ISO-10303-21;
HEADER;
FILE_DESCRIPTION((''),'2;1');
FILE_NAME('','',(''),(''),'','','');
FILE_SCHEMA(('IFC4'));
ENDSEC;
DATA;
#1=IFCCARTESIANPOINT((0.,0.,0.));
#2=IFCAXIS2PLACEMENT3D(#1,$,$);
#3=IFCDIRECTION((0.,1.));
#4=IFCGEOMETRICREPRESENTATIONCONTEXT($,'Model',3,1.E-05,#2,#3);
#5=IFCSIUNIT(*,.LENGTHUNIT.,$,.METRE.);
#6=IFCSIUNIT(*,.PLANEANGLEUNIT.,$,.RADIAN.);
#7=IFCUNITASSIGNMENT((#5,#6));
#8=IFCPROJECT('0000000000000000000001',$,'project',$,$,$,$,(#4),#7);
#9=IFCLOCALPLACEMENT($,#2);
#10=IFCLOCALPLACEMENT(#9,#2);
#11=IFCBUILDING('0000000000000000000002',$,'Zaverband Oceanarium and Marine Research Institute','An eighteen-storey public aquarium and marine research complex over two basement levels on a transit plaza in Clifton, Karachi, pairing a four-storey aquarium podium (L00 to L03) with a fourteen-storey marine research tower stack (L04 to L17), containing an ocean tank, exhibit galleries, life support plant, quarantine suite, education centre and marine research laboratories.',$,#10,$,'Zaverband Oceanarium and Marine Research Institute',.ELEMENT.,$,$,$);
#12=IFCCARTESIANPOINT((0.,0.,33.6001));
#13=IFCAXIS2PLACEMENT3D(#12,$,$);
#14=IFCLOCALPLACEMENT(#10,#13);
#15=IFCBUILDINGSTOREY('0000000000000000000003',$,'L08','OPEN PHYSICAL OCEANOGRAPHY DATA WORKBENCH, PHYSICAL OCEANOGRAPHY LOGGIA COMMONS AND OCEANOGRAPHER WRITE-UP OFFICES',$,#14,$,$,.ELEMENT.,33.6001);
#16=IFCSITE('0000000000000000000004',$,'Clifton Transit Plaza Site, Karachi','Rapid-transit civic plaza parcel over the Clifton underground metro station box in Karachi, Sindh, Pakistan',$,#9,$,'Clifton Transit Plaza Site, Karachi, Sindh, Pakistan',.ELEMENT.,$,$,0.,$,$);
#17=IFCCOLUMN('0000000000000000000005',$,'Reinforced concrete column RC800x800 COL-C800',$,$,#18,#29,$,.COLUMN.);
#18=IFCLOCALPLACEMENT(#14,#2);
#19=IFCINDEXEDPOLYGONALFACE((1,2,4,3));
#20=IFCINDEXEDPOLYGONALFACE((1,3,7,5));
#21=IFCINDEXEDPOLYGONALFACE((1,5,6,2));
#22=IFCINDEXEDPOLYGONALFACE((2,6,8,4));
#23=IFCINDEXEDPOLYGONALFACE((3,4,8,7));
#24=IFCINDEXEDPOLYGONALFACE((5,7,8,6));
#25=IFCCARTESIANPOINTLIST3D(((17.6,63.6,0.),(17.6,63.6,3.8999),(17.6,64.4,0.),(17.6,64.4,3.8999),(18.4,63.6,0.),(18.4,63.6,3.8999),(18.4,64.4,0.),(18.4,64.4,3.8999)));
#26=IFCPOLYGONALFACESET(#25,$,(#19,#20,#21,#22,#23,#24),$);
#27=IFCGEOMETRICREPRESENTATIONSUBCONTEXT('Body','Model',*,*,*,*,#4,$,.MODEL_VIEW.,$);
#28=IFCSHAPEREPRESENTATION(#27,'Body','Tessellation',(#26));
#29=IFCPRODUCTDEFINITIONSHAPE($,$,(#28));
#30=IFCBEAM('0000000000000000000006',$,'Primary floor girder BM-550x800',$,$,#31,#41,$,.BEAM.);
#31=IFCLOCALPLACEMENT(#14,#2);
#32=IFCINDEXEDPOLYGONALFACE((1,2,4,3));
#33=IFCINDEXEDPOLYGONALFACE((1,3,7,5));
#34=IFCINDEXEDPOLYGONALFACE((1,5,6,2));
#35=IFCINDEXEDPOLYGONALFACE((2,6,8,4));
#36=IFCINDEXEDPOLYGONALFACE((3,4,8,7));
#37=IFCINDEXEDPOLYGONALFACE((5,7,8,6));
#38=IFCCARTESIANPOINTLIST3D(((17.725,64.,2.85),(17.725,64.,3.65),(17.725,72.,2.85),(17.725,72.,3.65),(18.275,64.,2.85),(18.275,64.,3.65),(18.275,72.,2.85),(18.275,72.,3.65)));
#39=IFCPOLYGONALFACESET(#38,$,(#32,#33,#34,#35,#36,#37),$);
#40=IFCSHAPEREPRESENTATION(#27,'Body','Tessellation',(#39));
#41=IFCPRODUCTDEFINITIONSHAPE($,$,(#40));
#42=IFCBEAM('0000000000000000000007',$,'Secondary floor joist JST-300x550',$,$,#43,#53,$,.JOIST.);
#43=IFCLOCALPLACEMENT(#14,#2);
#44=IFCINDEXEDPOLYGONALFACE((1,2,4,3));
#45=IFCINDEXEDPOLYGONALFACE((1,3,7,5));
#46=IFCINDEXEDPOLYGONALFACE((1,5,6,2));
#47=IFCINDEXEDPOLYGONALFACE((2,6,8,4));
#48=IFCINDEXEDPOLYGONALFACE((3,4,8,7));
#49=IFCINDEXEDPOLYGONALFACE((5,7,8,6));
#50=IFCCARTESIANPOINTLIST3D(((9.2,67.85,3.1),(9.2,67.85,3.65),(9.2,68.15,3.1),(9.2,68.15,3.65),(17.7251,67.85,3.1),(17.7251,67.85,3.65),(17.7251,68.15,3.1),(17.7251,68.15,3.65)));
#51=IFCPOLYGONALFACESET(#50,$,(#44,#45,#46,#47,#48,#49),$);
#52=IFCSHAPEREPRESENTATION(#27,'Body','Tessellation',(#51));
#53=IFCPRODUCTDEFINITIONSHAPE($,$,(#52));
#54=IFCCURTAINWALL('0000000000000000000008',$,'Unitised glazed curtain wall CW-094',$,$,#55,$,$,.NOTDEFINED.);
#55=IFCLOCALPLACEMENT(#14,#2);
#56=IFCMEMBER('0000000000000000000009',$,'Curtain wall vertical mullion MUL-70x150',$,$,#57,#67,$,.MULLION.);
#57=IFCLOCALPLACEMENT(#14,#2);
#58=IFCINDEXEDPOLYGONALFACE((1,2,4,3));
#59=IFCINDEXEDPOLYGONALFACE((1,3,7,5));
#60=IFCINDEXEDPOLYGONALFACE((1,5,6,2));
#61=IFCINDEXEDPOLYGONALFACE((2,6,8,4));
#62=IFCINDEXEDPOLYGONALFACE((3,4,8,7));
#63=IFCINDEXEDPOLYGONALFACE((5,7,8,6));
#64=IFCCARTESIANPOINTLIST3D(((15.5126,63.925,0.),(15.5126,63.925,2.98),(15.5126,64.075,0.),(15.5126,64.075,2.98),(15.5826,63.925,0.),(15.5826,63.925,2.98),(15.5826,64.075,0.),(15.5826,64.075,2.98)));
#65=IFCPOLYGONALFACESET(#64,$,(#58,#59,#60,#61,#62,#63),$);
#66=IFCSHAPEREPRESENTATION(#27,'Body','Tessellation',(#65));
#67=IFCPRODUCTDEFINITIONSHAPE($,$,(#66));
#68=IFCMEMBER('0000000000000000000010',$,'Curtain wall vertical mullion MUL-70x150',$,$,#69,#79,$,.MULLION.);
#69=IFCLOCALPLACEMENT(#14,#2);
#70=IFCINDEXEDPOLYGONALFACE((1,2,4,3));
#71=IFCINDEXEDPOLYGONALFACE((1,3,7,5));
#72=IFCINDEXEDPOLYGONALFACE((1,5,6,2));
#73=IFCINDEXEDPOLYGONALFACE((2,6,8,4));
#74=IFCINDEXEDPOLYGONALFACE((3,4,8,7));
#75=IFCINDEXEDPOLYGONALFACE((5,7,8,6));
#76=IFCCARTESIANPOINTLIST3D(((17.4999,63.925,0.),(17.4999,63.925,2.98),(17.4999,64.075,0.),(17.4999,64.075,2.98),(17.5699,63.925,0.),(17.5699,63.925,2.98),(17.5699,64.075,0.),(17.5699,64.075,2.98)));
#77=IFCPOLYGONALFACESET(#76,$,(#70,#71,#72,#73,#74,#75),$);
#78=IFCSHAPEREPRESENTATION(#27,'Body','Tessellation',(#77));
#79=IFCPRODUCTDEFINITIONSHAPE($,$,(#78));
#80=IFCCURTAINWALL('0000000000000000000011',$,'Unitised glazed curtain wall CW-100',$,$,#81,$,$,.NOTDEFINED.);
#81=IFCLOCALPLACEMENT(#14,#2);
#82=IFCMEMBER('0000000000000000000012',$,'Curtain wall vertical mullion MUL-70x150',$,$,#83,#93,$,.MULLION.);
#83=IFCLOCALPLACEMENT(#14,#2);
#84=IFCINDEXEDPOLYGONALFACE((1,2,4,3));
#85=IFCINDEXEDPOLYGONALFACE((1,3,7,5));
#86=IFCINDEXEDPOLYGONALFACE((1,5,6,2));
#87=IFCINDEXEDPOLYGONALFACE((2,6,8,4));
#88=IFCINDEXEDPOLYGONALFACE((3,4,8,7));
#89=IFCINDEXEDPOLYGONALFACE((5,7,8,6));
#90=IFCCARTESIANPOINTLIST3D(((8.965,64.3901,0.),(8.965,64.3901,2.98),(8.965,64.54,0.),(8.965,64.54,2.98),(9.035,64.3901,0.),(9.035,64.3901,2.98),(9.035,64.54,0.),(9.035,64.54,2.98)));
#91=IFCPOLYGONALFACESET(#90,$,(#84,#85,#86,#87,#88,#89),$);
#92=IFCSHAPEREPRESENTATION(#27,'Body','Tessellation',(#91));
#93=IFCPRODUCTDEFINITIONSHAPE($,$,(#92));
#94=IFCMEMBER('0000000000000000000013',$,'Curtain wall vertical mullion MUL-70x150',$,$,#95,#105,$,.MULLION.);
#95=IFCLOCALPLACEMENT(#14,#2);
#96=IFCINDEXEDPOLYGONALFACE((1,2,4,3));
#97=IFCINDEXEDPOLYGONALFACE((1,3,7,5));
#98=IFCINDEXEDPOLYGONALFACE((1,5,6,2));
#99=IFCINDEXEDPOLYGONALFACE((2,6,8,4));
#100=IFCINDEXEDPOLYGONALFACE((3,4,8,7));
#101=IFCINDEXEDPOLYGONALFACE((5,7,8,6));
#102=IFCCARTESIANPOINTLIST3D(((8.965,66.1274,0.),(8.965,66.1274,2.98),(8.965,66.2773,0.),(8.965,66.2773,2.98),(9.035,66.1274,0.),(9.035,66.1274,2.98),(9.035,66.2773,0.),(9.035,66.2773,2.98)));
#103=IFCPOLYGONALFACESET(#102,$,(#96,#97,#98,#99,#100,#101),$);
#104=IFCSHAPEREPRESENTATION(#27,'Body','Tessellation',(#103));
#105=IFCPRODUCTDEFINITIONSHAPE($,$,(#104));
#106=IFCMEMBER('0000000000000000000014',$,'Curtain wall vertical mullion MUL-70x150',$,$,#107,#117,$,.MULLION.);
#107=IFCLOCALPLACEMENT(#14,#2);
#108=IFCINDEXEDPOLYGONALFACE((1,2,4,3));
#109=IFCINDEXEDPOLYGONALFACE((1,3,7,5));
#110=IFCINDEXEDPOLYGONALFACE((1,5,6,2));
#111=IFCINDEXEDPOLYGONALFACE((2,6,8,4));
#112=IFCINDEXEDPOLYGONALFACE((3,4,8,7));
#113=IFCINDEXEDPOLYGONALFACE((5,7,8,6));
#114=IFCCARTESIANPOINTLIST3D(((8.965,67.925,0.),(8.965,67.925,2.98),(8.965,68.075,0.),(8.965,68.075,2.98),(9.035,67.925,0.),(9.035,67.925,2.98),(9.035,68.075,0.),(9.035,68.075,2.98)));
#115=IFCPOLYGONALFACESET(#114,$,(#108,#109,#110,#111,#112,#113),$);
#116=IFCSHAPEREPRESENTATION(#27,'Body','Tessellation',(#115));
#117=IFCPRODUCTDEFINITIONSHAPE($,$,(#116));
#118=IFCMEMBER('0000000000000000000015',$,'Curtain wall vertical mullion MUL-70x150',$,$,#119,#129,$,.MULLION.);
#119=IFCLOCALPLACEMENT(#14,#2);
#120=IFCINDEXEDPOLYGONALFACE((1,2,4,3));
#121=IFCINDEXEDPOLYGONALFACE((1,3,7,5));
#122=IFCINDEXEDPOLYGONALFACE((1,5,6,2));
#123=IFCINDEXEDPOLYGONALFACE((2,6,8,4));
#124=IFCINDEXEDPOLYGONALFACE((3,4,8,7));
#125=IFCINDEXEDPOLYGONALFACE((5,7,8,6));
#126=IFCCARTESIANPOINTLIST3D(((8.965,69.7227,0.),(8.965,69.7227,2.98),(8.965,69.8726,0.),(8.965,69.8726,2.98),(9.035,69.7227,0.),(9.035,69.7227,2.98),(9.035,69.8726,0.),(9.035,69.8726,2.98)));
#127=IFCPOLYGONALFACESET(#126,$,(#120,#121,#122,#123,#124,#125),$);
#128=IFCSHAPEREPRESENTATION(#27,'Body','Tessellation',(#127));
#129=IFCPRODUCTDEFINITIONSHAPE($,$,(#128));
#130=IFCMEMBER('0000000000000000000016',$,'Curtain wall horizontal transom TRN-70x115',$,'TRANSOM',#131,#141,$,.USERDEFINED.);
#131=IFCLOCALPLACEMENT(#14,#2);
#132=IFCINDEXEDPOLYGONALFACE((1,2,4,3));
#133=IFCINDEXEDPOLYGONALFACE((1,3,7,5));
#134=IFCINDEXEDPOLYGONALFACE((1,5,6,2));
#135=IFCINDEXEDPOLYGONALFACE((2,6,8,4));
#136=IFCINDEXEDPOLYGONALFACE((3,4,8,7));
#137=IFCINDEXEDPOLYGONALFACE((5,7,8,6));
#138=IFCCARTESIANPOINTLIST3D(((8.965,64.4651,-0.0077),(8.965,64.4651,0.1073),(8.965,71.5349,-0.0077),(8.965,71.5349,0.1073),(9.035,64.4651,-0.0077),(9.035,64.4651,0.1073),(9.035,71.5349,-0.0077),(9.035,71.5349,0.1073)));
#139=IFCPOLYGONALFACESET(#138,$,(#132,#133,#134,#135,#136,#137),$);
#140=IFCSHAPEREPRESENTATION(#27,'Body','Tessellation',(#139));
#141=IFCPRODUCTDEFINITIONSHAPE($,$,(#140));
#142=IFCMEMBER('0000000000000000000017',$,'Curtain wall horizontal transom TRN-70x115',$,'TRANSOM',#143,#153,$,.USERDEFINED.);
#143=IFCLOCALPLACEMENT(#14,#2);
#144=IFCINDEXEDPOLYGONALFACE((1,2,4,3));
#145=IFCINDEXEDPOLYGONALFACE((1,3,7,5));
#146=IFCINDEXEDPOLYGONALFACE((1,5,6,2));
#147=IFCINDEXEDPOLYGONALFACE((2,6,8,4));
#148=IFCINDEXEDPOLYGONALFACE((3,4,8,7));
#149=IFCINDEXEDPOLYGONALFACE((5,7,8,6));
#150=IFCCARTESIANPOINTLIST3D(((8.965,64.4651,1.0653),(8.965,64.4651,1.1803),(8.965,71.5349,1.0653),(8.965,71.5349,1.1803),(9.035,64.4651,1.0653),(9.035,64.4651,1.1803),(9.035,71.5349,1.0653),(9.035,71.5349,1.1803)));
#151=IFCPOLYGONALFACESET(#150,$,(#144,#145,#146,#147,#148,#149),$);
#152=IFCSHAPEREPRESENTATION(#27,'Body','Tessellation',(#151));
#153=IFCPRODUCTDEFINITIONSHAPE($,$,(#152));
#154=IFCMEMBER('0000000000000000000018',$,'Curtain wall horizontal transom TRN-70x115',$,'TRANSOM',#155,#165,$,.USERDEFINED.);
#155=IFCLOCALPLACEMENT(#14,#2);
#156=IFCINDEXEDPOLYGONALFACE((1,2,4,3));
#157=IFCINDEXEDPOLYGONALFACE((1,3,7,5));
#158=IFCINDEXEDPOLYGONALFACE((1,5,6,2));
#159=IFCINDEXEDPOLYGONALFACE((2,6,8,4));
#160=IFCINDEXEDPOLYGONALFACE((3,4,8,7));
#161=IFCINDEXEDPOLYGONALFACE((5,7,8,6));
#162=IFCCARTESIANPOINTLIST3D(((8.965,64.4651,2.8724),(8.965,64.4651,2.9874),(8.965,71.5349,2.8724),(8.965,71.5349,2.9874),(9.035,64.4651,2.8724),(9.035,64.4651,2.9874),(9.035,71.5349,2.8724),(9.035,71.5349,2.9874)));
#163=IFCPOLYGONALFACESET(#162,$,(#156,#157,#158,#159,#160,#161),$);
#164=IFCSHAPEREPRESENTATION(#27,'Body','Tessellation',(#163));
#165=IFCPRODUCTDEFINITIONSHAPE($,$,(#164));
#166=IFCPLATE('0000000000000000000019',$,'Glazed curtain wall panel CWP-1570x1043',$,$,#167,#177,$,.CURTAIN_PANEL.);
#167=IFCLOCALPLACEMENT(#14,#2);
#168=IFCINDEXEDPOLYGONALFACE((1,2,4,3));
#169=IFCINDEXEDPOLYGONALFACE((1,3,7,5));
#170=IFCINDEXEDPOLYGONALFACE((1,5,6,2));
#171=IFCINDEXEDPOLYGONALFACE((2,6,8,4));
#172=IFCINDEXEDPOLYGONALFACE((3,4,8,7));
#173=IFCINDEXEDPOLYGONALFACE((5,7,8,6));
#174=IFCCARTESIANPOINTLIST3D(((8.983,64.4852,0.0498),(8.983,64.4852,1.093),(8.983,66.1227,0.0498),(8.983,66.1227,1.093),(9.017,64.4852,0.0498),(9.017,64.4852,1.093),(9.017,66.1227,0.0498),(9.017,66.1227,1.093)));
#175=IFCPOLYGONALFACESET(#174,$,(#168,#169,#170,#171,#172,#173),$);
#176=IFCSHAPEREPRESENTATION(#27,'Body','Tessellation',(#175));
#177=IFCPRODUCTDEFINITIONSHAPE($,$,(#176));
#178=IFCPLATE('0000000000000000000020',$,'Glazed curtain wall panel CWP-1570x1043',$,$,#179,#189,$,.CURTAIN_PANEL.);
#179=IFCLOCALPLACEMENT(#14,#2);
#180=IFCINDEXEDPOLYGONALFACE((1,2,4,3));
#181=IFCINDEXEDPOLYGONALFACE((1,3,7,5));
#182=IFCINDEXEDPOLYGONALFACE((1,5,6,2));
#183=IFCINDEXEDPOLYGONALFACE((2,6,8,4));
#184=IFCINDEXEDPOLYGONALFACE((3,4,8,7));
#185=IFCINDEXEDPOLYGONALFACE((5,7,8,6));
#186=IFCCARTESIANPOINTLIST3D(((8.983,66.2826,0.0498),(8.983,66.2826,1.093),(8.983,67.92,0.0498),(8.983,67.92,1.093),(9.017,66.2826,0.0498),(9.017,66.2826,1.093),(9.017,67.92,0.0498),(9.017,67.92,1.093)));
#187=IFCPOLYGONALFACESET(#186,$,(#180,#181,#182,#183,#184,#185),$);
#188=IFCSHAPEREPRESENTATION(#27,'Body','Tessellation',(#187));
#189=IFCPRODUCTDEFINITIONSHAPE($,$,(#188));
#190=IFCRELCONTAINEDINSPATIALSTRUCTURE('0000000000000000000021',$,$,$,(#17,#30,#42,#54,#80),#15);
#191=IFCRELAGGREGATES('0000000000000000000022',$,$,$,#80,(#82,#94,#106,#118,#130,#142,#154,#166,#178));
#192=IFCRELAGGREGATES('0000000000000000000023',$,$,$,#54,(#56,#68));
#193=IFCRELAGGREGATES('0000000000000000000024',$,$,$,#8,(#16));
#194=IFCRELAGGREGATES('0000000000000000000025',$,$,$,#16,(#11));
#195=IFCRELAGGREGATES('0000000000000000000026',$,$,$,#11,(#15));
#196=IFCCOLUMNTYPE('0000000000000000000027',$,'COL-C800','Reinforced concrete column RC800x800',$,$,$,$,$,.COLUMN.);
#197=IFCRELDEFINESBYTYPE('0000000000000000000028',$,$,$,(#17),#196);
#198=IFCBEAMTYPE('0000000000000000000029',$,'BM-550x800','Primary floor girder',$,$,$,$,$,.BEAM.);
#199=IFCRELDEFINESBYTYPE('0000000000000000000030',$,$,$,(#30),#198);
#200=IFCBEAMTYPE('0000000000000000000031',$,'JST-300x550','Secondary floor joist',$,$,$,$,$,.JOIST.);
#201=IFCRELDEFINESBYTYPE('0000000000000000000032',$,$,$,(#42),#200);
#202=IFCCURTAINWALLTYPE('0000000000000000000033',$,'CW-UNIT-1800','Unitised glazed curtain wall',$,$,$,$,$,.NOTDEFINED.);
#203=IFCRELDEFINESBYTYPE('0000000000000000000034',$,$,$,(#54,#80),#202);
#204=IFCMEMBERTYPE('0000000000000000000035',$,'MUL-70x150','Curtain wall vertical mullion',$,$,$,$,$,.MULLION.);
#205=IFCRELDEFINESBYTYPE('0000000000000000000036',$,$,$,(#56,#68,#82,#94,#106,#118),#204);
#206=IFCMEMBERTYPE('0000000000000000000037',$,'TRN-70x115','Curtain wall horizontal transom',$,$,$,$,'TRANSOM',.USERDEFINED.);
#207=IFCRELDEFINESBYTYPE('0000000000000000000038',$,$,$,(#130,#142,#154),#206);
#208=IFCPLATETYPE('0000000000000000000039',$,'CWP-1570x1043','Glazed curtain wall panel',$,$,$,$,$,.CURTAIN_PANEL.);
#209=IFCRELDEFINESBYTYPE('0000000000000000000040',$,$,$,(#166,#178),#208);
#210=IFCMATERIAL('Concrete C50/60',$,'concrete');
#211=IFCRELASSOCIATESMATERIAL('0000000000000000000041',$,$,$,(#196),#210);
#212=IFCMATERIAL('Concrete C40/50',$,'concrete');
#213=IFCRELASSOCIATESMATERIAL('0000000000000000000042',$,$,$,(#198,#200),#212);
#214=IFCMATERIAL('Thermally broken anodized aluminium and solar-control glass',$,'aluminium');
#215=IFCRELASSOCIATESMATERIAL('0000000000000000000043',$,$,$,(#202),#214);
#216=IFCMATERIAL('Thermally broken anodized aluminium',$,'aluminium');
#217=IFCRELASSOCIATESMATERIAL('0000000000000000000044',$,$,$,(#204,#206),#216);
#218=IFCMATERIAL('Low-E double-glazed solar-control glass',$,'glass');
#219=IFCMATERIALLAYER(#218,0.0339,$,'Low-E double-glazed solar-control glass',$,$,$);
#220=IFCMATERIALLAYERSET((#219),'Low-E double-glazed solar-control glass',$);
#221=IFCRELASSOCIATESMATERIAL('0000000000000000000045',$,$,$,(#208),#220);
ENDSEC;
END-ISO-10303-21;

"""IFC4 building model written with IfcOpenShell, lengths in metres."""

from ifc_helpers import new_model, si_unit, direction, frame, frame_2d, origin, origin_2d, place, context, subcontext, project, spatial, rectangle, extrude, material, layer, layer_set, material_profile, profile_set, type_object, element, aggregate, save


model = new_model("IFC4")

# Units and contexts
model_context = context("Model", 3, precision=1e-05, world=origin(), true_north=direction((0.0, 1.0)))
body_context = subcontext(model_context, "Body", "Model", "MODEL_VIEW")
ifc_project = project(units=[si_unit("LENGTHUNIT", "METRE"), si_unit("PLANEANGLEUNIT", "RADIAN")], contexts=[model_context])

# Site, building, storey
site_placement = place(None, origin())
site = spatial("IfcSite", under=ifc_project, at=site_placement, Name="Clifton Transit Plaza Site, Karachi", Description="Rapid-transit civic plaza parcel over the Clifton underground metro station box in Karachi, Sindh, Pakistan", LongName="Clifton Transit Plaza Site, Karachi, Sindh, Pakistan", CompositionType="ELEMENT", RefElevation=0.0)
building_placement = place(site_placement, origin())
building = spatial("IfcBuilding", under=site, at=building_placement, Name="Zaverband Oceanarium and Marine Research Institute", Description="An eighteen-storey public aquarium and marine research complex over two basement levels on a transit plaza in Clifton, Karachi, pairing a four-storey aquarium podium (L00 to L03) with a fourteen-storey marine research tower stack (L04 to L17), containing an ocean tank, exhibit galleries, life support plant, quarantine suite, education centre and marine research laboratories.", LongName="Zaverband Oceanarium and Marine Research Institute", CompositionType="ELEMENT")
storey_placement = place(building_placement, frame((0.0, 0.0, 33.6001)))
storey = spatial("IfcBuildingStorey", under=building, at=storey_placement, Name="L08", Description="OPEN PHYSICAL OCEANOGRAPHY DATA WORKBENCH, PHYSICAL OCEANOGRAPHY LOGGIA COMMONS AND OCEANOGRAPHER WRITE-UP OFFICES", CompositionType="ELEMENT", Elevation=33.6001)

# Column
ifc_material_1 = material(Name="Concrete C50/60", Category="concrete")
ifc_material_profile_1 = material_profile(ifc_material_1, rectangle(XDim=0.8, YDim=0.8, at=origin_2d()), Name="RC800x800")
ifc_profile_set_1 = profile_set([ifc_material_profile_1], Name="Concrete C50/60")
column_type = type_object("IfcColumnType", Name="COL-C800", Description="Reinforced concrete column RC800x800", PredefinedType="COLUMN", material=ifc_profile_set_1)
column_placement = place(storey_placement, frame((18.0, 64.0, 0.0), z_axis=(0.0, 0.0, 1.0), x_axis=(1.0, 0.0, 0.0)))
element("IfcColumn", 1, at=column_placement, inside=storey, type_object=column_type, Name="Reinforced concrete column RC800x800 COL-C800", PredefinedType="COLUMN", context=body_context, shape_type="SweptSolid", body=[
    extrude(rectangle(XDim=0.8, YDim=0.8, at=origin_2d()), origin(), (0.0, 0.0, 1.0), 3.8999),
])

# Beams
ifc_material_2 = material(Name="Concrete C40/50", Category="concrete")
ifc_material_profile_2 = material_profile(ifc_material_2, rectangle(XDim=0.55, YDim=0.8, at=origin_2d()), Name="RC550x800")
ifc_profile_set_2 = profile_set([ifc_material_profile_2], Name="Concrete C40/50")
beam_type_1 = type_object("IfcBeamType", Name="BM-550x800", Description="Primary floor girder", PredefinedType="BEAM", material=ifc_profile_set_2)
beam_1_placement = place(storey_placement, frame((18.0, 64.0, 3.25), z_axis=(0.0, 1.0, 0.0), x_axis=(-1.0, 0.0, 0.0)))
element("IfcBeam", 2, at=beam_1_placement, inside=storey, type_object=beam_type_1, Name="Primary floor girder BM-550x800", PredefinedType="BEAM", context=body_context, shape_type="SweptSolid", body=[
    extrude(rectangle(XDim=0.55, YDim=0.8, at=origin_2d()), origin(), (0.0, 0.0, 1.0), 8.0),
])
ifc_material_profile_3 = material_profile(ifc_material_2, rectangle(XDim=0.3, YDim=0.55, at=origin_2d()), Name="RC300x550")
ifc_profile_set_3 = profile_set([ifc_material_profile_3], Name="Concrete C40/50")
beam_type_2 = type_object("IfcBeamType", Name="JST-300x550", Description="Secondary floor joist", PredefinedType="JOIST", material=ifc_profile_set_3)
beam_2_placement = place(storey_placement, frame((9.2, 68.0, 3.375), z_axis=(1.0, 0.0, 0.0), x_axis=(0.0, 1.0, 0.0)))
element("IfcBeam", 3, at=beam_2_placement, inside=storey, type_object=beam_type_2, Name="Secondary floor joist JST-300x550", PredefinedType="JOIST", context=body_context, shape_type="SweptSolid", body=[
    extrude(rectangle(XDim=0.3, YDim=0.55, at=origin_2d()), origin(), (0.0, 0.0, 1.0), 8.5251),
])

# Curtain wall, members
ifc_material_3 = material(Name="Thermally broken anodized aluminium and solar-control glass", Category="aluminium")
curtain_wall_type = type_object("IfcCurtainWallType", Name="CW-UNIT-1800", Description="Unitised glazed curtain wall", PredefinedType="NOTDEFINED", material=ifc_material_3)
curtain_wall_1_placement = place(storey_placement, origin())
curtain_wall_1 = element("IfcCurtainWall", 4, at=curtain_wall_1_placement, inside=storey, type_object=curtain_wall_type, Name="Unitised glazed curtain wall CW-094", PredefinedType="NOTDEFINED")
ifc_material_4 = material(Name="Thermally broken anodized aluminium", Category="aluminium")
ifc_material_profile_4 = material_profile(ifc_material_4, rectangle(XDim=0.0701, YDim=0.1499, at=origin_2d()), Name="AL-MUL-70x150")
ifc_profile_set_4 = profile_set([ifc_material_profile_4], Name="Thermally broken anodized aluminium")
member_type_1 = type_object("IfcMemberType", Name="MUL-70x150", Description="Curtain wall vertical mullion", PredefinedType="MULLION", material=ifc_profile_set_4)
member_1_placement = place(storey_placement, frame((15.5476, 64.0, 0.0), z_axis=(0.0, 0.0, 1.0), x_axis=(1.0, 0.0, 0.0)))
member_1 = element("IfcMember", 5, at=member_1_placement, type_object=member_type_1, Name="Curtain wall vertical mullion MUL-70x150", PredefinedType="MULLION", context=body_context, shape_type="SweptSolid", body=[
    extrude(rectangle(XDim=0.0701, YDim=0.1499, at=origin_2d()), origin(), (0.0, 0.0, 1.0), 2.98),
])
member_2_placement = place(storey_placement, frame((17.5349, 64.0, 0.0), z_axis=(0.0, 0.0, 1.0), x_axis=(1.0, 0.0, 0.0)))
member_2 = element("IfcMember", 6, at=member_2_placement, type_object=member_type_1, Name="Curtain wall vertical mullion MUL-70x150", PredefinedType="MULLION", context=body_context, shape_type="SweptSolid", body=[
    extrude(rectangle(XDim=0.0701, YDim=0.1499, at=origin_2d()), origin(), (0.0, 0.0, 1.0), 2.98),
])

# Curtain wall, members, plates
curtain_wall_2_placement = place(storey_placement, origin())
curtain_wall_2 = element("IfcCurtainWall", 7, at=curtain_wall_2_placement, inside=storey, type_object=curtain_wall_type, Name="Unitised glazed curtain wall CW-100", PredefinedType="NOTDEFINED")
member_3_placement = place(storey_placement, frame((9.0, 64.4651, 0.0), z_axis=(0.0, 0.0, 1.0), x_axis=(1.0, 0.0, 0.0)))
member_3 = element("IfcMember", 8, at=member_3_placement, type_object=member_type_1, Name="Curtain wall vertical mullion MUL-70x150", PredefinedType="MULLION", context=body_context, shape_type="SweptSolid", body=[
    extrude(rectangle(XDim=0.0701, YDim=0.1499, at=origin_2d()), origin(), (0.0, 0.0, 1.0), 2.98),
])
member_4_placement = place(storey_placement, frame((9.0, 66.2024, 0.0), z_axis=(0.0, 0.0, 1.0), x_axis=(1.0, 0.0, 0.0)))
member_4 = element("IfcMember", 9, at=member_4_placement, type_object=member_type_1, Name="Curtain wall vertical mullion MUL-70x150", PredefinedType="MULLION", context=body_context, shape_type="SweptSolid", body=[
    extrude(rectangle(XDim=0.0701, YDim=0.1499, at=origin_2d()), origin(), (0.0, 0.0, 1.0), 2.98),
])
member_5_placement = place(storey_placement, frame((9.0, 68.0, 0.0), z_axis=(0.0, 0.0, 1.0), x_axis=(1.0, 0.0, 0.0)))
member_5 = element("IfcMember", 10, at=member_5_placement, type_object=member_type_1, Name="Curtain wall vertical mullion MUL-70x150", PredefinedType="MULLION", context=body_context, shape_type="SweptSolid", body=[
    extrude(rectangle(XDim=0.0701, YDim=0.1499, at=origin_2d()), origin(), (0.0, 0.0, 1.0), 2.98),
])
member_6_placement = place(storey_placement, frame((9.0, 69.7976, 0.0), z_axis=(0.0, 0.0, 1.0), x_axis=(1.0, 0.0, 0.0)))
member_6 = element("IfcMember", 11, at=member_6_placement, type_object=member_type_1, Name="Curtain wall vertical mullion MUL-70x150", PredefinedType="MULLION", context=body_context, shape_type="SweptSolid", body=[
    extrude(rectangle(XDim=0.0701, YDim=0.1499, at=origin_2d()), origin(), (0.0, 0.0, 1.0), 2.98),
])
ifc_material_profile_5 = material_profile(ifc_material_4, rectangle(XDim=0.0701, YDim=0.115, at=origin_2d()), Name="AL-TRN-70x115")
ifc_profile_set_5 = profile_set([ifc_material_profile_5], Name="Thermally broken anodized aluminium")
member_type_2 = type_object("IfcMemberType", Name="TRN-70x115", Description="Curtain wall horizontal transom", ElementType="TRANSOM", PredefinedType="USERDEFINED", material=ifc_profile_set_5)
member_7_placement = place(storey_placement, frame((9.0, 64.4651, 0.0498), z_axis=(0.0, 1.0, 0.0), x_axis=(-1.0, 0.0, 0.0)))
member_7 = element("IfcMember", 12, at=member_7_placement, type_object=member_type_2, Name="Curtain wall horizontal transom TRN-70x115", ObjectType="TRANSOM", PredefinedType="USERDEFINED", context=body_context, shape_type="SweptSolid", body=[
    extrude(rectangle(XDim=0.0701, YDim=0.115, at=origin_2d()), origin(), (0.0, 0.0, 1.0), 7.0698),
])
member_8_placement = place(storey_placement, frame((9.0, 64.4651, 1.1228), z_axis=(0.0, 1.0, 0.0), x_axis=(-1.0, 0.0, 0.0)))
member_8 = element("IfcMember", 13, at=member_8_placement, type_object=member_type_2, Name="Curtain wall horizontal transom TRN-70x115", ObjectType="TRANSOM", PredefinedType="USERDEFINED", context=body_context, shape_type="SweptSolid", body=[
    extrude(rectangle(XDim=0.0701, YDim=0.115, at=origin_2d()), origin(), (0.0, 0.0, 1.0), 7.0698),
])
member_9_placement = place(storey_placement, frame((9.0, 64.4651, 2.9299), z_axis=(0.0, 1.0, 0.0), x_axis=(-1.0, 0.0, 0.0)))
member_9 = element("IfcMember", 14, at=member_9_placement, type_object=member_type_2, Name="Curtain wall horizontal transom TRN-70x115", ObjectType="TRANSOM", PredefinedType="USERDEFINED", context=body_context, shape_type="SweptSolid", body=[
    extrude(rectangle(XDim=0.0701, YDim=0.115, at=origin_2d()), origin(), (0.0, 0.0, 1.0), 7.0698),
])
ifc_material_5 = material(Name="Low-E double-glazed solar-control glass", Category="glass")
ifc_layer_1 = layer(ifc_material_5, 0.0339, Name="Low-E double-glazed solar-control glass")
ifc_layer_set_1 = layer_set([ifc_layer_1], Name="Low-E double-glazed solar-control glass")
plate_type_1 = type_object("IfcPlateType", Name="CWP-1570x1043", Description="Glazed curtain wall panel", PredefinedType="CURTAIN_PANEL", material=ifc_layer_set_1)
plate_1_placement = place(storey_placement, frame((9.0, 64.4851, 0.0498), z_axis=(0.0, 0.0, 1.0), x_axis=(0.0, 1.0, 0.0)))
plate_1 = element("IfcPlate", 15, at=plate_1_placement, type_object=plate_type_1, Name="Glazed curtain wall panel CWP-1570x1043", PredefinedType="CURTAIN_PANEL", context=body_context, shape_type="SweptSolid", body=[
    extrude(rectangle(XDim=1.6375, YDim=0.0339, at=frame_2d((0.8188, 0.0))), origin(), (0.0, 0.0, 1.0), 1.0432),
])
plate_2_placement = place(storey_placement, frame((9.0, 66.2825, 0.0498), z_axis=(0.0, 0.0, 1.0), x_axis=(0.0, 1.0, 0.0)))
plate_2 = element("IfcPlate", 16, at=plate_2_placement, type_object=plate_type_1, Name="Glazed curtain wall panel CWP-1570x1043", PredefinedType="CURTAIN_PANEL", context=body_context, shape_type="SweptSolid", body=[
    extrude(rectangle(XDim=1.6375, YDim=0.0339, at=frame_2d((0.8188, 0.0))), origin(), (0.0, 0.0, 1.0), 1.0432),
])
aggregate(curtain_wall_2, [member_3, member_4, member_5, member_6, member_7, member_8, member_9, plate_1, plate_2])

aggregate(curtain_wall_1, [member_1, member_2])

save(model, "model.ifc")
